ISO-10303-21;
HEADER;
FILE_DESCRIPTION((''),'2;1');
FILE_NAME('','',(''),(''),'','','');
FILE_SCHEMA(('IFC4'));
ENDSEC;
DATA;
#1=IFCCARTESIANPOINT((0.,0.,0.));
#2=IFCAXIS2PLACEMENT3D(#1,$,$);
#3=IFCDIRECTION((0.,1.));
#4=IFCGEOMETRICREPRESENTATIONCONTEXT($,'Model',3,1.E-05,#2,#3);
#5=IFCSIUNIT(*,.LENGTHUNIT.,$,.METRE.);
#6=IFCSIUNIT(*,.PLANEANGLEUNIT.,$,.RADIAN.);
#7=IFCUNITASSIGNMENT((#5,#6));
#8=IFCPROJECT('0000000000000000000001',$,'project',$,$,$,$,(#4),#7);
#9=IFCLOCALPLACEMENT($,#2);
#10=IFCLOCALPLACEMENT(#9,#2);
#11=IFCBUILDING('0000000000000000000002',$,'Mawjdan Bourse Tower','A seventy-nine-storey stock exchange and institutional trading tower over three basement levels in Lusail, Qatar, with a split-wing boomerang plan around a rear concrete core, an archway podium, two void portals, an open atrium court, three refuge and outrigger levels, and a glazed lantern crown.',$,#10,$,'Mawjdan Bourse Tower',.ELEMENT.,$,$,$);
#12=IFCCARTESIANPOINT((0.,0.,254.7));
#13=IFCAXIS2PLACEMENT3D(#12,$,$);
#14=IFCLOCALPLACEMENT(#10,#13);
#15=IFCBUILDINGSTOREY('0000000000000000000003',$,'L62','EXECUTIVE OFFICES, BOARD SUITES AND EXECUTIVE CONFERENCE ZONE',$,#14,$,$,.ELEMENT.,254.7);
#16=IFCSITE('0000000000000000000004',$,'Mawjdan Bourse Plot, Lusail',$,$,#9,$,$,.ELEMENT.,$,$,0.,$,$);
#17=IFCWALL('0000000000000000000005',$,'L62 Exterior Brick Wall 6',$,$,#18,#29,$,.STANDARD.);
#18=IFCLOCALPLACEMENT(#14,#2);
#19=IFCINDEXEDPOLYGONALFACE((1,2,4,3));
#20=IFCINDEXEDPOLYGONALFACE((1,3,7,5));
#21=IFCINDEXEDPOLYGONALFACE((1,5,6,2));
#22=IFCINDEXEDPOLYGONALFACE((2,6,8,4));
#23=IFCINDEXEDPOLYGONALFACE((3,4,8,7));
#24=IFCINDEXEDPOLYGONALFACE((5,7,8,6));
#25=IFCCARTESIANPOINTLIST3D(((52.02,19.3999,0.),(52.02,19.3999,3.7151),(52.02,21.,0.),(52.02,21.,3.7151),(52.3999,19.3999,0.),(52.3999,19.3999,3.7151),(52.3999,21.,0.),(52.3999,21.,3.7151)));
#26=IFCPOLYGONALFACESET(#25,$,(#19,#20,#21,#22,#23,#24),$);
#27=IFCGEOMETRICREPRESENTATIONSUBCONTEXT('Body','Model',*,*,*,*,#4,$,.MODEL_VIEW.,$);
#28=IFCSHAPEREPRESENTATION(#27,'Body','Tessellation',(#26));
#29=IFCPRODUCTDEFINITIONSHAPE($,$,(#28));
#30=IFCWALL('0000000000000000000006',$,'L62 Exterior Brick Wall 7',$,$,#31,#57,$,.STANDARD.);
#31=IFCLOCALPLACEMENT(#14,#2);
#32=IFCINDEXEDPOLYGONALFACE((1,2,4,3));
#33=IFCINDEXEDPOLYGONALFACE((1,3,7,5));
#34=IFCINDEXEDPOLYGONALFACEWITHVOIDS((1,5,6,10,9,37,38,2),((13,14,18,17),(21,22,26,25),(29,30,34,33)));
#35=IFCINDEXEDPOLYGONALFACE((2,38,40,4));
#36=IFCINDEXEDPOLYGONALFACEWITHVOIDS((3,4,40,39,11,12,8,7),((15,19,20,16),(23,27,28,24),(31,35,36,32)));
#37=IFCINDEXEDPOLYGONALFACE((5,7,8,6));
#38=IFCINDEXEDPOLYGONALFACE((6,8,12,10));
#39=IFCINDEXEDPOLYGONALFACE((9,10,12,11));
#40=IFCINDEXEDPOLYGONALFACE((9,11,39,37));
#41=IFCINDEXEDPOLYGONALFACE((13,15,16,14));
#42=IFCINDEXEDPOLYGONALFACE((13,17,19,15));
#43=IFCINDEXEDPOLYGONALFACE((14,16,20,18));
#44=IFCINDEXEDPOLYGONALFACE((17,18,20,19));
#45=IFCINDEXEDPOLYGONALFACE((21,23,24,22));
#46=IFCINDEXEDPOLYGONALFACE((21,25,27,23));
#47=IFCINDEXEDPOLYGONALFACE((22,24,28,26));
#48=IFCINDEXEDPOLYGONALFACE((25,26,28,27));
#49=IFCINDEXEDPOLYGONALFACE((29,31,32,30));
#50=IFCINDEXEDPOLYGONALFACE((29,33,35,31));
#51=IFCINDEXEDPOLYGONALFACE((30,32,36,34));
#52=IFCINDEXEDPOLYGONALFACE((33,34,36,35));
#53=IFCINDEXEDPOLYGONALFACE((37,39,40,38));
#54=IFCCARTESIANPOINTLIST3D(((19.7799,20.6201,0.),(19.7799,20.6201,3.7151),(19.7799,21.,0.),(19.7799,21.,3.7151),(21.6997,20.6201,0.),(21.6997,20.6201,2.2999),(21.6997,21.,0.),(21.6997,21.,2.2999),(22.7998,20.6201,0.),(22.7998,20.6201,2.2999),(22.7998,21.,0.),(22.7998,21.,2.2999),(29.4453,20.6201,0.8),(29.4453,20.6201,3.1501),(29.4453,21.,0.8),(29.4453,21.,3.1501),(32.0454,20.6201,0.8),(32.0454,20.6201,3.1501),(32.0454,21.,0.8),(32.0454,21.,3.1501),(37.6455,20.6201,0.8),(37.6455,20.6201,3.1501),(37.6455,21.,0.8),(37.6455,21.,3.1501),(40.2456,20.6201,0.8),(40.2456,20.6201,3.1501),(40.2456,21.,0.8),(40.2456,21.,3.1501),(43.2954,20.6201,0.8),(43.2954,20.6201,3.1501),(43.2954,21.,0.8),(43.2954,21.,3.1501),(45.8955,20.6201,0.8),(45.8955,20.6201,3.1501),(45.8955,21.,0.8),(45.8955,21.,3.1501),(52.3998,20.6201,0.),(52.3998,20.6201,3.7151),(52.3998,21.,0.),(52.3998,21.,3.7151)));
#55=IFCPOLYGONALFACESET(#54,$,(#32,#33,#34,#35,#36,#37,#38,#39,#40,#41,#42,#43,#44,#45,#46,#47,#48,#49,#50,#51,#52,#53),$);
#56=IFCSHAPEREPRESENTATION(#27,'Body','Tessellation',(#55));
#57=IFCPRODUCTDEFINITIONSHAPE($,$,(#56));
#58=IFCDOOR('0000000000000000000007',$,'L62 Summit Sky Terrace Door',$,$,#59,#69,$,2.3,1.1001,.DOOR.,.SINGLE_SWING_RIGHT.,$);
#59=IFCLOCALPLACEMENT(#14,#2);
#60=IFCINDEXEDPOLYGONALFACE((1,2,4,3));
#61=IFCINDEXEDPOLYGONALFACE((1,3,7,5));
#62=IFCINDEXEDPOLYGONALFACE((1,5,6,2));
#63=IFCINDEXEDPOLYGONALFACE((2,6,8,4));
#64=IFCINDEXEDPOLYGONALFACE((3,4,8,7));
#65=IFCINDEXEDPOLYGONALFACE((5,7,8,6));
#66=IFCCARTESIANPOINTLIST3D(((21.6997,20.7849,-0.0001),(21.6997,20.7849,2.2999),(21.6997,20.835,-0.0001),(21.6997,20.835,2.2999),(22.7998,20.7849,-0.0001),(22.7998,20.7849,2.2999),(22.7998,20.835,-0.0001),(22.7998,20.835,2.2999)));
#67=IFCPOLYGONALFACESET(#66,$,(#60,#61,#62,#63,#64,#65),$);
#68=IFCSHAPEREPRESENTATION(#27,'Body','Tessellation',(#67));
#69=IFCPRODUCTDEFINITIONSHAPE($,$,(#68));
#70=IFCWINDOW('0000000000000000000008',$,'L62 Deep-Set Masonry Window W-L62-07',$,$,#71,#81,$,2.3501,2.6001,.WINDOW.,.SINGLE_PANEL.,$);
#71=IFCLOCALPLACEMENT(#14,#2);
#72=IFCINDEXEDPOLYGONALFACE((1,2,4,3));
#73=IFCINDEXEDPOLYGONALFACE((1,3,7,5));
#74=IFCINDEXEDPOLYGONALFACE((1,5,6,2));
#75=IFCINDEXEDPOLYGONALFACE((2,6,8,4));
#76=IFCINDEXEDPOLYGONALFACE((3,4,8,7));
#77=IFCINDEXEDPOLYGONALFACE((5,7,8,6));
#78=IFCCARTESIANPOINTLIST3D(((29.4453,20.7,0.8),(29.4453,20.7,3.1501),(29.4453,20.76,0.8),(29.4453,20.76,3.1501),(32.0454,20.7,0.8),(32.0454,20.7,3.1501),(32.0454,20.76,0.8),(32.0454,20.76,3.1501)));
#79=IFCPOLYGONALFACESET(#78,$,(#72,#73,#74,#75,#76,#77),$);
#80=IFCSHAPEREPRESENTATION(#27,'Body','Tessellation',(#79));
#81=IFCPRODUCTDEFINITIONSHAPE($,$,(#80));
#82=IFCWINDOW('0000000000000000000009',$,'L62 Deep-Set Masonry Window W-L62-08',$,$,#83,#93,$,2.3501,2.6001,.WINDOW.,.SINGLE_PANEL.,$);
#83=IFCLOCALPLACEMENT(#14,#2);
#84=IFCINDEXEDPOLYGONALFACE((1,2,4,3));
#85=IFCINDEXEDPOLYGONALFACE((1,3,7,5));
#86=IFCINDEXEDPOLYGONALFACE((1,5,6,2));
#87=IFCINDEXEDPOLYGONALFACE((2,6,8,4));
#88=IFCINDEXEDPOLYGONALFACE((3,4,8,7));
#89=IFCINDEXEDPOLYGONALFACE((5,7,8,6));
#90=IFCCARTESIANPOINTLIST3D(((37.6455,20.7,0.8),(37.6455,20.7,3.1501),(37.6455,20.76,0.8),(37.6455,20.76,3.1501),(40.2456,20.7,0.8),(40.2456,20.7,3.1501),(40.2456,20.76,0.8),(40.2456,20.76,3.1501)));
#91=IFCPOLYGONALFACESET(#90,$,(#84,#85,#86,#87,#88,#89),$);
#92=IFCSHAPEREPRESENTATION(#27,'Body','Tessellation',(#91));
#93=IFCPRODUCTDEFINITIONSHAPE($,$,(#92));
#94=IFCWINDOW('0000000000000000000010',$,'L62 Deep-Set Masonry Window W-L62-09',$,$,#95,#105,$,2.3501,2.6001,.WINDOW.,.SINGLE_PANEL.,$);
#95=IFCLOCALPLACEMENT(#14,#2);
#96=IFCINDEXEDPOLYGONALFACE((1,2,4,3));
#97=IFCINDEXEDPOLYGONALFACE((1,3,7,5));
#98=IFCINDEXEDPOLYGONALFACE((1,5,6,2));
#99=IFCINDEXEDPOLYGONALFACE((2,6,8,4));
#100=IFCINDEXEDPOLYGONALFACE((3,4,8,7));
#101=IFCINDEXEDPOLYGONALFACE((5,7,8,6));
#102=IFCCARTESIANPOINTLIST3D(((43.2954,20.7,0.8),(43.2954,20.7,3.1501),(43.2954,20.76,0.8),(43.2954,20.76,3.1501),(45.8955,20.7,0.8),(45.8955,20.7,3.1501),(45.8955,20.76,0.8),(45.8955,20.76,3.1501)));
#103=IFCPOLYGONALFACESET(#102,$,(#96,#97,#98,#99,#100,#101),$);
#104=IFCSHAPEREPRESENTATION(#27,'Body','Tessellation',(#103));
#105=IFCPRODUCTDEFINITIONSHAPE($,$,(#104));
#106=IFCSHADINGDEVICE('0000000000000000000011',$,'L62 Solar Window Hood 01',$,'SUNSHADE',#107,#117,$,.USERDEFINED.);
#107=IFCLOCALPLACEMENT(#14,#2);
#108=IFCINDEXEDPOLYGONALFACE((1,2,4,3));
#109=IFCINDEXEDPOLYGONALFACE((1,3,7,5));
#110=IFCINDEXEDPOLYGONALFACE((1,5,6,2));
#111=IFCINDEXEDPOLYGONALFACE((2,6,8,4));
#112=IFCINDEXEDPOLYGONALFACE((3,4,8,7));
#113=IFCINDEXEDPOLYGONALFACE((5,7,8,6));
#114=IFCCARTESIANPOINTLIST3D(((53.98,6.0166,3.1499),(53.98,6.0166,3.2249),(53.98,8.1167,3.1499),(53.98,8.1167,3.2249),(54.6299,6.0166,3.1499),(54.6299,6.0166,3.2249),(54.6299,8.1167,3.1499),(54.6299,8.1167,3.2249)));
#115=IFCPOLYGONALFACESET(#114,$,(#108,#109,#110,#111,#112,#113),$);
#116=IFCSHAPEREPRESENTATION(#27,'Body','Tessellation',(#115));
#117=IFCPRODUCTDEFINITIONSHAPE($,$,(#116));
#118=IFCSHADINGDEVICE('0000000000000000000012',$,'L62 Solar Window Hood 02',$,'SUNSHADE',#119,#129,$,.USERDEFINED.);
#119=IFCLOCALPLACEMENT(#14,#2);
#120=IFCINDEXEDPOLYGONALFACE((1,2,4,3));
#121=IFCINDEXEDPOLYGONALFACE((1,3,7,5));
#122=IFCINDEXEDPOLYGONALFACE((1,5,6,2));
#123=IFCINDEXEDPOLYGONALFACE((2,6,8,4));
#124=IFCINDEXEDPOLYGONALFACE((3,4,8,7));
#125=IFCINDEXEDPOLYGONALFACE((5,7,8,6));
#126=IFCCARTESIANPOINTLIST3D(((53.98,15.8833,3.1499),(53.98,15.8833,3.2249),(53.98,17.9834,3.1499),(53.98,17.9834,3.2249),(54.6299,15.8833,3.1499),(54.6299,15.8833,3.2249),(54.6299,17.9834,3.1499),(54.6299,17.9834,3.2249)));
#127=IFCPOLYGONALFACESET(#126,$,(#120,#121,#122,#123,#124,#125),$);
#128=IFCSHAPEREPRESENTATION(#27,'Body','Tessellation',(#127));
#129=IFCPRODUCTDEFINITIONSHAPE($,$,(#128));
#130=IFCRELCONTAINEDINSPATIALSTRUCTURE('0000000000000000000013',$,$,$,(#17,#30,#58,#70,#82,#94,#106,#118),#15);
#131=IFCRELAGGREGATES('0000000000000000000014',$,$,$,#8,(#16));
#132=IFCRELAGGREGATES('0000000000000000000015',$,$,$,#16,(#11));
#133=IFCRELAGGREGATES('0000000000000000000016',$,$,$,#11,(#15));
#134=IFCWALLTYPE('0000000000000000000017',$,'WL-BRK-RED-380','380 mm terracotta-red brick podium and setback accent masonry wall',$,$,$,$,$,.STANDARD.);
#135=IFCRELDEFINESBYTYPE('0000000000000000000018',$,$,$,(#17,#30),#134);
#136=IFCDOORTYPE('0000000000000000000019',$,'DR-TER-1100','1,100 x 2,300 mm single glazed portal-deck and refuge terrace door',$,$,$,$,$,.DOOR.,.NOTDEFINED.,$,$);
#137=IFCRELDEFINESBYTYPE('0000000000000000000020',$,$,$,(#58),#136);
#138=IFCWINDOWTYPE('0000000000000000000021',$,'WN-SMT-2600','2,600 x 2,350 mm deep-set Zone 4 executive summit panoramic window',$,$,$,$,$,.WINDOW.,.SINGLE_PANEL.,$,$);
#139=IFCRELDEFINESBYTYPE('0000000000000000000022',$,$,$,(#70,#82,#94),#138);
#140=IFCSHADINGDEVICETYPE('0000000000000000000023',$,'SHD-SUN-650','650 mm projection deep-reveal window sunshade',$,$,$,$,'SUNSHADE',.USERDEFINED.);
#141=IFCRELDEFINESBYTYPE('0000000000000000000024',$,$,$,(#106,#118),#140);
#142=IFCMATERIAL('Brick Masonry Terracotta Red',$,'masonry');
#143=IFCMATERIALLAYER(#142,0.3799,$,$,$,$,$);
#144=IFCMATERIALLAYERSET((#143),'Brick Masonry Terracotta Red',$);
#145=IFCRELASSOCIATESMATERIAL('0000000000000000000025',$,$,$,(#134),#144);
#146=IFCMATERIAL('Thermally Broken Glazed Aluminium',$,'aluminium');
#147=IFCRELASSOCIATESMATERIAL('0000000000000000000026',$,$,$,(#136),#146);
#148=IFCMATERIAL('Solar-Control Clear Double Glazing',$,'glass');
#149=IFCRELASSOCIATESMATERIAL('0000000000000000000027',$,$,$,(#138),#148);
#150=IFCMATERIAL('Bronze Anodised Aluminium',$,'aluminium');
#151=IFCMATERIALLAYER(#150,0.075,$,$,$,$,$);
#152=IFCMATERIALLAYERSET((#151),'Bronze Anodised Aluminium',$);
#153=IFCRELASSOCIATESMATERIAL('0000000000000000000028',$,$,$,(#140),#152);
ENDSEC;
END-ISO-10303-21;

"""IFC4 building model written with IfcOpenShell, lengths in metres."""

from ifc_helpers import new_model, si_unit, direction, frame, frame_2d, origin, origin_2d, place, context, subcontext, project, spatial, rectangle, extrude, material, layer, layer_set, type_object, element, fill, save


model = new_model("IFC4")

# Units and contexts
model_context = context("Model", 3, precision=1e-05, world=origin(), true_north=direction((0.0, 1.0)))
body_context = subcontext(model_context, "Body", "Model", "MODEL_VIEW")
ifc_project = project(units=[si_unit("LENGTHUNIT", "METRE"), si_unit("PLANEANGLEUNIT", "RADIAN")], contexts=[model_context])

# Site, building, storey
site_placement = place(None, origin())
site = spatial("IfcSite", under=ifc_project, at=site_placement, Name="Mawjdan Bourse Plot, Lusail", CompositionType="ELEMENT", RefElevation=0.0)
building_placement = place(site_placement, origin())
building = spatial("IfcBuilding", under=site, at=building_placement, Name="Mawjdan Bourse Tower", Description="A seventy-nine-storey stock exchange and institutional trading tower over three basement levels in Lusail, Qatar, with a split-wing boomerang plan around a rear concrete core, an archway podium, two void portals, an open atrium court, three refuge and outrigger levels, and a glazed lantern crown.", LongName="Mawjdan Bourse Tower", CompositionType="ELEMENT")
storey_placement = place(building_placement, frame((0.0, 0.0, 254.7)))
storey = spatial("IfcBuildingStorey", under=building, at=storey_placement, Name="L62", Description="EXECUTIVE OFFICES, BOARD SUITES AND EXECUTIVE CONFERENCE ZONE", CompositionType="ELEMENT", Elevation=254.7)

# Shared definitions
ifc_material_1 = material(Name="Brick Masonry Terracotta Red", Category="masonry")
ifc_layer_1 = layer(ifc_material_1, 0.3799)
ifc_layer_set_1 = layer_set([ifc_layer_1], Name="Brick Masonry Terracotta Red")
wall_type = type_object("IfcWallType", Name="WL-BRK-RED-380", Description="380 mm terracotta-red brick podium and setback accent masonry wall", PredefinedType="STANDARD", material=ifc_layer_set_1)

# Shared definitions
ifc_material_2 = material(Name="Solar-Control Clear Double Glazing", Category="glass")

# Wall
for number, where, z_axis, x_axis, name in (
    (1, (52.21, 19.3999, 0.0), (0.0, 0.0, 1.0), (0.0, 1.0, 0.0), "L62 Exterior Brick Wall 6"),
):
    element("IfcWall", number, at=place(storey_placement, frame(where, z_axis=z_axis, x_axis=x_axis)), inside=storey, type_object=wall_type, Name=name, PredefinedType="STANDARD", context=body_context, shape_type="SweptSolid", body=[
        extrude(rectangle(XDim=1.6001, YDim=0.3799, at=frame_2d((0.8, 0.0))), origin(), (0.0, 0.0, 1.0), 3.7151),
    ])

# Wall, openings, door, windows
wall_1_placement = place(storey_placement, frame((52.3999, 20.8101, 0.0), z_axis=(0.0, 0.0, 1.0), x_axis=(-1.0, 0.0, 0.0)))
wall_1 = element("IfcWall", 2, at=wall_1_placement, inside=storey, type_object=wall_type, Name="L62 Exterior Brick Wall 7", PredefinedType="STANDARD", context=body_context, shape_type="SweptSolid", body=[
    extrude(rectangle(XDim=32.6199, YDim=0.3799, at=frame_2d((16.3101, 0.0))), origin(), (0.0, 0.0, 1.0), 3.7151),
])
opening_1_placement = place(wall_1_placement, frame((29.6001, 0.0, 0.0)))
opening_1 = element("IfcOpeningElement", 3, at=opening_1_placement, cuts=wall_1, PredefinedType="OPENING", context=body_context, shape_type="SweptSolid", body=[
    extrude(rectangle(XDim=1.1001, YDim=2.3, at=frame_2d((0.55, 1.1499))), frame((0.0, 0.2, 0.0), z_axis=(0.0, -1.0, 0.0), x_axis=(1.0, 0.0, 0.0)), (0.0, 0.0, 1.0), 0.3999),
])
opening_2_placement = place(wall_1_placement, frame((20.3545, 0.0, 0.8)))
opening_2 = element("IfcOpeningElement", 4, at=opening_2_placement, cuts=wall_1, PredefinedType="OPENING", context=body_context, shape_type="SweptSolid", body=[
    extrude(rectangle(XDim=2.6001, YDim=2.3501, at=frame_2d((1.3, 1.175))), frame((0.0, 0.2, 0.0), z_axis=(0.0, -1.0, 0.0), x_axis=(1.0, 0.0, 0.0)), (0.0, 0.0, 1.0), 0.3999),
])
opening_3_placement = place(wall_1_placement, frame((12.1543, 0.0, 0.8)))
opening_3 = element("IfcOpeningElement", 5, at=opening_3_placement, cuts=wall_1, PredefinedType="OPENING", context=body_context, shape_type="SweptSolid", body=[
    extrude(rectangle(XDim=2.6001, YDim=2.3501, at=frame_2d((1.3, 1.175))), frame((0.0, 0.2, 0.0), z_axis=(0.0, -1.0, 0.0), x_axis=(1.0, 0.0, 0.0)), (0.0, 0.0, 1.0), 0.3999),
])
opening_4_placement = place(wall_1_placement, frame((6.5044, 0.0, 0.8)))
opening_4 = element("IfcOpeningElement", 6, at=opening_4_placement, cuts=wall_1, PredefinedType="OPENING", context=body_context, shape_type="SweptSolid", body=[
    extrude(rectangle(XDim=2.6001, YDim=2.3501, at=frame_2d((1.3, 1.175))), frame((0.0, 0.2, 0.0), z_axis=(0.0, -1.0, 0.0), x_axis=(1.0, 0.0, 0.0)), (0.0, 0.0, 1.0), 0.3999),
])
ifc_material_3 = material(Name="Thermally Broken Glazed Aluminium", Category="aluminium")
door_type = type_object("IfcDoorType", Name="DR-TER-1100", Description="1,100 x 2,300 mm single glazed portal-deck and refuge terrace door", OperationType="NOTDEFINED", PredefinedType="DOOR", material=ifc_material_3)
door_placement = place(opening_1_placement, frame((1.1001, 0.0, 0.0), z_axis=(0.0, 0.0, 1.0), x_axis=(-1.0, 0.0, 0.0)))
door = element("IfcDoor", 7, at=door_placement, inside=storey, type_object=door_type, Name="L62 Summit Sky Terrace Door", OperationType="SINGLE_SWING_RIGHT", OverallHeight=2.3, OverallWidth=1.1001, PredefinedType="DOOR", context=body_context, shape_type="SweptSolid", body=[
    extrude(rectangle(XDim=1.1001, YDim=2.3, at=frame_2d((0.55, 1.1499))), frame((0.0, 0.0249, 0.0), z_axis=(0.0, -1.0, 0.0), x_axis=(1.0, 0.0, 0.0)), (0.0, 0.0, 1.0), 0.05),
])
fill(opening_1, door)
window_type_1 = type_object("IfcWindowType", Name="WN-SMT-2600", Description="2,600 x 2,350 mm deep-set Zone 4 executive summit panoramic window", PartitioningType="SINGLE_PANEL", PredefinedType="WINDOW", material=ifc_material_2)
window_1_placement = place(opening_2_placement, origin())
window_1 = element("IfcWindow", 8, at=window_1_placement, inside=storey, type_object=window_type_1, Name="L62 Deep-Set Masonry Window W-L62-07", OverallHeight=2.3501, OverallWidth=2.6001, PartitioningType="SINGLE_PANEL", PredefinedType="WINDOW", context=body_context, shape_type="SweptSolid", body=[
    extrude(rectangle(XDim=2.6001, YDim=2.3501, at=frame_2d((1.3, 1.175))), frame((0.0, 0.1101, 0.0), z_axis=(0.0, -1.0, 0.0), x_axis=(1.0, 0.0, 0.0)), (0.0, 0.0, 1.0), 0.0601),
])
fill(opening_2, window_1)
window_2_placement = place(opening_3_placement, origin())
window_2 = element("IfcWindow", 9, at=window_2_placement, inside=storey, type_object=window_type_1, Name="L62 Deep-Set Masonry Window W-L62-08", OverallHeight=2.3501, OverallWidth=2.6001, PartitioningType="SINGLE_PANEL", PredefinedType="WINDOW", context=body_context, shape_type="SweptSolid", body=[
    extrude(rectangle(XDim=2.6001, YDim=2.3501, at=frame_2d((1.3, 1.175))), frame((0.0, 0.1101, 0.0), z_axis=(0.0, -1.0, 0.0), x_axis=(1.0, 0.0, 0.0)), (0.0, 0.0, 1.0), 0.0601),
])
fill(opening_3, window_2)
window_3_placement = place(opening_4_placement, origin())
window_3 = element("IfcWindow", 10, at=window_3_placement, inside=storey, type_object=window_type_1, Name="L62 Deep-Set Masonry Window W-L62-09", OverallHeight=2.3501, OverallWidth=2.6001, PartitioningType="SINGLE_PANEL", PredefinedType="WINDOW", context=body_context, shape_type="SweptSolid", body=[
    extrude(rectangle(XDim=2.6001, YDim=2.3501, at=frame_2d((1.3, 1.175))), frame((0.0, 0.1101, 0.0), z_axis=(0.0, -1.0, 0.0), x_axis=(1.0, 0.0, 0.0)), (0.0, 0.0, 1.0), 0.0601),
])
fill(opening_4, window_3)

# Shading devices
ifc_material_4 = material(Name="Bronze Anodised Aluminium", Category="aluminium")
ifc_layer_2 = layer(ifc_material_4, 0.075)
ifc_layer_set_2 = layer_set([ifc_layer_2], Name="Bronze Anodised Aluminium")
shading_device_type = type_object("IfcShadingDeviceType", Name="SHD-SUN-650", Description="650 mm projection deep-reveal window sunshade", ElementType="SUNSHADE", PredefinedType="USERDEFINED", material=ifc_layer_set_2)
for number, where, z_axis, x_axis, name in (
    (11, (54.3049, 7.0667, 3.1499), (0.0, 0.0, 1.0), (0.0, 1.0, 0.0), "L62 Solar Window Hood 01"),
    (12, (54.3049, 16.9333, 3.1499), (0.0, 0.0, 1.0), (0.0, 1.0, 0.0), "L62 Solar Window Hood 02"),
):
    element("IfcShadingDevice", number, at=place(storey_placement, frame(where, z_axis=z_axis, x_axis=x_axis)), inside=storey, type_object=shading_device_type, Name=name, ObjectType="SUNSHADE", PredefinedType="USERDEFINED", context=body_context, shape_type="SweptSolid", body=[
        extrude(rectangle(XDim=2.1001, YDim=0.6499, at=origin_2d()), origin(), (0.0, 0.0, 1.0), 0.075),
    ])

save(model, "model.ifc")
